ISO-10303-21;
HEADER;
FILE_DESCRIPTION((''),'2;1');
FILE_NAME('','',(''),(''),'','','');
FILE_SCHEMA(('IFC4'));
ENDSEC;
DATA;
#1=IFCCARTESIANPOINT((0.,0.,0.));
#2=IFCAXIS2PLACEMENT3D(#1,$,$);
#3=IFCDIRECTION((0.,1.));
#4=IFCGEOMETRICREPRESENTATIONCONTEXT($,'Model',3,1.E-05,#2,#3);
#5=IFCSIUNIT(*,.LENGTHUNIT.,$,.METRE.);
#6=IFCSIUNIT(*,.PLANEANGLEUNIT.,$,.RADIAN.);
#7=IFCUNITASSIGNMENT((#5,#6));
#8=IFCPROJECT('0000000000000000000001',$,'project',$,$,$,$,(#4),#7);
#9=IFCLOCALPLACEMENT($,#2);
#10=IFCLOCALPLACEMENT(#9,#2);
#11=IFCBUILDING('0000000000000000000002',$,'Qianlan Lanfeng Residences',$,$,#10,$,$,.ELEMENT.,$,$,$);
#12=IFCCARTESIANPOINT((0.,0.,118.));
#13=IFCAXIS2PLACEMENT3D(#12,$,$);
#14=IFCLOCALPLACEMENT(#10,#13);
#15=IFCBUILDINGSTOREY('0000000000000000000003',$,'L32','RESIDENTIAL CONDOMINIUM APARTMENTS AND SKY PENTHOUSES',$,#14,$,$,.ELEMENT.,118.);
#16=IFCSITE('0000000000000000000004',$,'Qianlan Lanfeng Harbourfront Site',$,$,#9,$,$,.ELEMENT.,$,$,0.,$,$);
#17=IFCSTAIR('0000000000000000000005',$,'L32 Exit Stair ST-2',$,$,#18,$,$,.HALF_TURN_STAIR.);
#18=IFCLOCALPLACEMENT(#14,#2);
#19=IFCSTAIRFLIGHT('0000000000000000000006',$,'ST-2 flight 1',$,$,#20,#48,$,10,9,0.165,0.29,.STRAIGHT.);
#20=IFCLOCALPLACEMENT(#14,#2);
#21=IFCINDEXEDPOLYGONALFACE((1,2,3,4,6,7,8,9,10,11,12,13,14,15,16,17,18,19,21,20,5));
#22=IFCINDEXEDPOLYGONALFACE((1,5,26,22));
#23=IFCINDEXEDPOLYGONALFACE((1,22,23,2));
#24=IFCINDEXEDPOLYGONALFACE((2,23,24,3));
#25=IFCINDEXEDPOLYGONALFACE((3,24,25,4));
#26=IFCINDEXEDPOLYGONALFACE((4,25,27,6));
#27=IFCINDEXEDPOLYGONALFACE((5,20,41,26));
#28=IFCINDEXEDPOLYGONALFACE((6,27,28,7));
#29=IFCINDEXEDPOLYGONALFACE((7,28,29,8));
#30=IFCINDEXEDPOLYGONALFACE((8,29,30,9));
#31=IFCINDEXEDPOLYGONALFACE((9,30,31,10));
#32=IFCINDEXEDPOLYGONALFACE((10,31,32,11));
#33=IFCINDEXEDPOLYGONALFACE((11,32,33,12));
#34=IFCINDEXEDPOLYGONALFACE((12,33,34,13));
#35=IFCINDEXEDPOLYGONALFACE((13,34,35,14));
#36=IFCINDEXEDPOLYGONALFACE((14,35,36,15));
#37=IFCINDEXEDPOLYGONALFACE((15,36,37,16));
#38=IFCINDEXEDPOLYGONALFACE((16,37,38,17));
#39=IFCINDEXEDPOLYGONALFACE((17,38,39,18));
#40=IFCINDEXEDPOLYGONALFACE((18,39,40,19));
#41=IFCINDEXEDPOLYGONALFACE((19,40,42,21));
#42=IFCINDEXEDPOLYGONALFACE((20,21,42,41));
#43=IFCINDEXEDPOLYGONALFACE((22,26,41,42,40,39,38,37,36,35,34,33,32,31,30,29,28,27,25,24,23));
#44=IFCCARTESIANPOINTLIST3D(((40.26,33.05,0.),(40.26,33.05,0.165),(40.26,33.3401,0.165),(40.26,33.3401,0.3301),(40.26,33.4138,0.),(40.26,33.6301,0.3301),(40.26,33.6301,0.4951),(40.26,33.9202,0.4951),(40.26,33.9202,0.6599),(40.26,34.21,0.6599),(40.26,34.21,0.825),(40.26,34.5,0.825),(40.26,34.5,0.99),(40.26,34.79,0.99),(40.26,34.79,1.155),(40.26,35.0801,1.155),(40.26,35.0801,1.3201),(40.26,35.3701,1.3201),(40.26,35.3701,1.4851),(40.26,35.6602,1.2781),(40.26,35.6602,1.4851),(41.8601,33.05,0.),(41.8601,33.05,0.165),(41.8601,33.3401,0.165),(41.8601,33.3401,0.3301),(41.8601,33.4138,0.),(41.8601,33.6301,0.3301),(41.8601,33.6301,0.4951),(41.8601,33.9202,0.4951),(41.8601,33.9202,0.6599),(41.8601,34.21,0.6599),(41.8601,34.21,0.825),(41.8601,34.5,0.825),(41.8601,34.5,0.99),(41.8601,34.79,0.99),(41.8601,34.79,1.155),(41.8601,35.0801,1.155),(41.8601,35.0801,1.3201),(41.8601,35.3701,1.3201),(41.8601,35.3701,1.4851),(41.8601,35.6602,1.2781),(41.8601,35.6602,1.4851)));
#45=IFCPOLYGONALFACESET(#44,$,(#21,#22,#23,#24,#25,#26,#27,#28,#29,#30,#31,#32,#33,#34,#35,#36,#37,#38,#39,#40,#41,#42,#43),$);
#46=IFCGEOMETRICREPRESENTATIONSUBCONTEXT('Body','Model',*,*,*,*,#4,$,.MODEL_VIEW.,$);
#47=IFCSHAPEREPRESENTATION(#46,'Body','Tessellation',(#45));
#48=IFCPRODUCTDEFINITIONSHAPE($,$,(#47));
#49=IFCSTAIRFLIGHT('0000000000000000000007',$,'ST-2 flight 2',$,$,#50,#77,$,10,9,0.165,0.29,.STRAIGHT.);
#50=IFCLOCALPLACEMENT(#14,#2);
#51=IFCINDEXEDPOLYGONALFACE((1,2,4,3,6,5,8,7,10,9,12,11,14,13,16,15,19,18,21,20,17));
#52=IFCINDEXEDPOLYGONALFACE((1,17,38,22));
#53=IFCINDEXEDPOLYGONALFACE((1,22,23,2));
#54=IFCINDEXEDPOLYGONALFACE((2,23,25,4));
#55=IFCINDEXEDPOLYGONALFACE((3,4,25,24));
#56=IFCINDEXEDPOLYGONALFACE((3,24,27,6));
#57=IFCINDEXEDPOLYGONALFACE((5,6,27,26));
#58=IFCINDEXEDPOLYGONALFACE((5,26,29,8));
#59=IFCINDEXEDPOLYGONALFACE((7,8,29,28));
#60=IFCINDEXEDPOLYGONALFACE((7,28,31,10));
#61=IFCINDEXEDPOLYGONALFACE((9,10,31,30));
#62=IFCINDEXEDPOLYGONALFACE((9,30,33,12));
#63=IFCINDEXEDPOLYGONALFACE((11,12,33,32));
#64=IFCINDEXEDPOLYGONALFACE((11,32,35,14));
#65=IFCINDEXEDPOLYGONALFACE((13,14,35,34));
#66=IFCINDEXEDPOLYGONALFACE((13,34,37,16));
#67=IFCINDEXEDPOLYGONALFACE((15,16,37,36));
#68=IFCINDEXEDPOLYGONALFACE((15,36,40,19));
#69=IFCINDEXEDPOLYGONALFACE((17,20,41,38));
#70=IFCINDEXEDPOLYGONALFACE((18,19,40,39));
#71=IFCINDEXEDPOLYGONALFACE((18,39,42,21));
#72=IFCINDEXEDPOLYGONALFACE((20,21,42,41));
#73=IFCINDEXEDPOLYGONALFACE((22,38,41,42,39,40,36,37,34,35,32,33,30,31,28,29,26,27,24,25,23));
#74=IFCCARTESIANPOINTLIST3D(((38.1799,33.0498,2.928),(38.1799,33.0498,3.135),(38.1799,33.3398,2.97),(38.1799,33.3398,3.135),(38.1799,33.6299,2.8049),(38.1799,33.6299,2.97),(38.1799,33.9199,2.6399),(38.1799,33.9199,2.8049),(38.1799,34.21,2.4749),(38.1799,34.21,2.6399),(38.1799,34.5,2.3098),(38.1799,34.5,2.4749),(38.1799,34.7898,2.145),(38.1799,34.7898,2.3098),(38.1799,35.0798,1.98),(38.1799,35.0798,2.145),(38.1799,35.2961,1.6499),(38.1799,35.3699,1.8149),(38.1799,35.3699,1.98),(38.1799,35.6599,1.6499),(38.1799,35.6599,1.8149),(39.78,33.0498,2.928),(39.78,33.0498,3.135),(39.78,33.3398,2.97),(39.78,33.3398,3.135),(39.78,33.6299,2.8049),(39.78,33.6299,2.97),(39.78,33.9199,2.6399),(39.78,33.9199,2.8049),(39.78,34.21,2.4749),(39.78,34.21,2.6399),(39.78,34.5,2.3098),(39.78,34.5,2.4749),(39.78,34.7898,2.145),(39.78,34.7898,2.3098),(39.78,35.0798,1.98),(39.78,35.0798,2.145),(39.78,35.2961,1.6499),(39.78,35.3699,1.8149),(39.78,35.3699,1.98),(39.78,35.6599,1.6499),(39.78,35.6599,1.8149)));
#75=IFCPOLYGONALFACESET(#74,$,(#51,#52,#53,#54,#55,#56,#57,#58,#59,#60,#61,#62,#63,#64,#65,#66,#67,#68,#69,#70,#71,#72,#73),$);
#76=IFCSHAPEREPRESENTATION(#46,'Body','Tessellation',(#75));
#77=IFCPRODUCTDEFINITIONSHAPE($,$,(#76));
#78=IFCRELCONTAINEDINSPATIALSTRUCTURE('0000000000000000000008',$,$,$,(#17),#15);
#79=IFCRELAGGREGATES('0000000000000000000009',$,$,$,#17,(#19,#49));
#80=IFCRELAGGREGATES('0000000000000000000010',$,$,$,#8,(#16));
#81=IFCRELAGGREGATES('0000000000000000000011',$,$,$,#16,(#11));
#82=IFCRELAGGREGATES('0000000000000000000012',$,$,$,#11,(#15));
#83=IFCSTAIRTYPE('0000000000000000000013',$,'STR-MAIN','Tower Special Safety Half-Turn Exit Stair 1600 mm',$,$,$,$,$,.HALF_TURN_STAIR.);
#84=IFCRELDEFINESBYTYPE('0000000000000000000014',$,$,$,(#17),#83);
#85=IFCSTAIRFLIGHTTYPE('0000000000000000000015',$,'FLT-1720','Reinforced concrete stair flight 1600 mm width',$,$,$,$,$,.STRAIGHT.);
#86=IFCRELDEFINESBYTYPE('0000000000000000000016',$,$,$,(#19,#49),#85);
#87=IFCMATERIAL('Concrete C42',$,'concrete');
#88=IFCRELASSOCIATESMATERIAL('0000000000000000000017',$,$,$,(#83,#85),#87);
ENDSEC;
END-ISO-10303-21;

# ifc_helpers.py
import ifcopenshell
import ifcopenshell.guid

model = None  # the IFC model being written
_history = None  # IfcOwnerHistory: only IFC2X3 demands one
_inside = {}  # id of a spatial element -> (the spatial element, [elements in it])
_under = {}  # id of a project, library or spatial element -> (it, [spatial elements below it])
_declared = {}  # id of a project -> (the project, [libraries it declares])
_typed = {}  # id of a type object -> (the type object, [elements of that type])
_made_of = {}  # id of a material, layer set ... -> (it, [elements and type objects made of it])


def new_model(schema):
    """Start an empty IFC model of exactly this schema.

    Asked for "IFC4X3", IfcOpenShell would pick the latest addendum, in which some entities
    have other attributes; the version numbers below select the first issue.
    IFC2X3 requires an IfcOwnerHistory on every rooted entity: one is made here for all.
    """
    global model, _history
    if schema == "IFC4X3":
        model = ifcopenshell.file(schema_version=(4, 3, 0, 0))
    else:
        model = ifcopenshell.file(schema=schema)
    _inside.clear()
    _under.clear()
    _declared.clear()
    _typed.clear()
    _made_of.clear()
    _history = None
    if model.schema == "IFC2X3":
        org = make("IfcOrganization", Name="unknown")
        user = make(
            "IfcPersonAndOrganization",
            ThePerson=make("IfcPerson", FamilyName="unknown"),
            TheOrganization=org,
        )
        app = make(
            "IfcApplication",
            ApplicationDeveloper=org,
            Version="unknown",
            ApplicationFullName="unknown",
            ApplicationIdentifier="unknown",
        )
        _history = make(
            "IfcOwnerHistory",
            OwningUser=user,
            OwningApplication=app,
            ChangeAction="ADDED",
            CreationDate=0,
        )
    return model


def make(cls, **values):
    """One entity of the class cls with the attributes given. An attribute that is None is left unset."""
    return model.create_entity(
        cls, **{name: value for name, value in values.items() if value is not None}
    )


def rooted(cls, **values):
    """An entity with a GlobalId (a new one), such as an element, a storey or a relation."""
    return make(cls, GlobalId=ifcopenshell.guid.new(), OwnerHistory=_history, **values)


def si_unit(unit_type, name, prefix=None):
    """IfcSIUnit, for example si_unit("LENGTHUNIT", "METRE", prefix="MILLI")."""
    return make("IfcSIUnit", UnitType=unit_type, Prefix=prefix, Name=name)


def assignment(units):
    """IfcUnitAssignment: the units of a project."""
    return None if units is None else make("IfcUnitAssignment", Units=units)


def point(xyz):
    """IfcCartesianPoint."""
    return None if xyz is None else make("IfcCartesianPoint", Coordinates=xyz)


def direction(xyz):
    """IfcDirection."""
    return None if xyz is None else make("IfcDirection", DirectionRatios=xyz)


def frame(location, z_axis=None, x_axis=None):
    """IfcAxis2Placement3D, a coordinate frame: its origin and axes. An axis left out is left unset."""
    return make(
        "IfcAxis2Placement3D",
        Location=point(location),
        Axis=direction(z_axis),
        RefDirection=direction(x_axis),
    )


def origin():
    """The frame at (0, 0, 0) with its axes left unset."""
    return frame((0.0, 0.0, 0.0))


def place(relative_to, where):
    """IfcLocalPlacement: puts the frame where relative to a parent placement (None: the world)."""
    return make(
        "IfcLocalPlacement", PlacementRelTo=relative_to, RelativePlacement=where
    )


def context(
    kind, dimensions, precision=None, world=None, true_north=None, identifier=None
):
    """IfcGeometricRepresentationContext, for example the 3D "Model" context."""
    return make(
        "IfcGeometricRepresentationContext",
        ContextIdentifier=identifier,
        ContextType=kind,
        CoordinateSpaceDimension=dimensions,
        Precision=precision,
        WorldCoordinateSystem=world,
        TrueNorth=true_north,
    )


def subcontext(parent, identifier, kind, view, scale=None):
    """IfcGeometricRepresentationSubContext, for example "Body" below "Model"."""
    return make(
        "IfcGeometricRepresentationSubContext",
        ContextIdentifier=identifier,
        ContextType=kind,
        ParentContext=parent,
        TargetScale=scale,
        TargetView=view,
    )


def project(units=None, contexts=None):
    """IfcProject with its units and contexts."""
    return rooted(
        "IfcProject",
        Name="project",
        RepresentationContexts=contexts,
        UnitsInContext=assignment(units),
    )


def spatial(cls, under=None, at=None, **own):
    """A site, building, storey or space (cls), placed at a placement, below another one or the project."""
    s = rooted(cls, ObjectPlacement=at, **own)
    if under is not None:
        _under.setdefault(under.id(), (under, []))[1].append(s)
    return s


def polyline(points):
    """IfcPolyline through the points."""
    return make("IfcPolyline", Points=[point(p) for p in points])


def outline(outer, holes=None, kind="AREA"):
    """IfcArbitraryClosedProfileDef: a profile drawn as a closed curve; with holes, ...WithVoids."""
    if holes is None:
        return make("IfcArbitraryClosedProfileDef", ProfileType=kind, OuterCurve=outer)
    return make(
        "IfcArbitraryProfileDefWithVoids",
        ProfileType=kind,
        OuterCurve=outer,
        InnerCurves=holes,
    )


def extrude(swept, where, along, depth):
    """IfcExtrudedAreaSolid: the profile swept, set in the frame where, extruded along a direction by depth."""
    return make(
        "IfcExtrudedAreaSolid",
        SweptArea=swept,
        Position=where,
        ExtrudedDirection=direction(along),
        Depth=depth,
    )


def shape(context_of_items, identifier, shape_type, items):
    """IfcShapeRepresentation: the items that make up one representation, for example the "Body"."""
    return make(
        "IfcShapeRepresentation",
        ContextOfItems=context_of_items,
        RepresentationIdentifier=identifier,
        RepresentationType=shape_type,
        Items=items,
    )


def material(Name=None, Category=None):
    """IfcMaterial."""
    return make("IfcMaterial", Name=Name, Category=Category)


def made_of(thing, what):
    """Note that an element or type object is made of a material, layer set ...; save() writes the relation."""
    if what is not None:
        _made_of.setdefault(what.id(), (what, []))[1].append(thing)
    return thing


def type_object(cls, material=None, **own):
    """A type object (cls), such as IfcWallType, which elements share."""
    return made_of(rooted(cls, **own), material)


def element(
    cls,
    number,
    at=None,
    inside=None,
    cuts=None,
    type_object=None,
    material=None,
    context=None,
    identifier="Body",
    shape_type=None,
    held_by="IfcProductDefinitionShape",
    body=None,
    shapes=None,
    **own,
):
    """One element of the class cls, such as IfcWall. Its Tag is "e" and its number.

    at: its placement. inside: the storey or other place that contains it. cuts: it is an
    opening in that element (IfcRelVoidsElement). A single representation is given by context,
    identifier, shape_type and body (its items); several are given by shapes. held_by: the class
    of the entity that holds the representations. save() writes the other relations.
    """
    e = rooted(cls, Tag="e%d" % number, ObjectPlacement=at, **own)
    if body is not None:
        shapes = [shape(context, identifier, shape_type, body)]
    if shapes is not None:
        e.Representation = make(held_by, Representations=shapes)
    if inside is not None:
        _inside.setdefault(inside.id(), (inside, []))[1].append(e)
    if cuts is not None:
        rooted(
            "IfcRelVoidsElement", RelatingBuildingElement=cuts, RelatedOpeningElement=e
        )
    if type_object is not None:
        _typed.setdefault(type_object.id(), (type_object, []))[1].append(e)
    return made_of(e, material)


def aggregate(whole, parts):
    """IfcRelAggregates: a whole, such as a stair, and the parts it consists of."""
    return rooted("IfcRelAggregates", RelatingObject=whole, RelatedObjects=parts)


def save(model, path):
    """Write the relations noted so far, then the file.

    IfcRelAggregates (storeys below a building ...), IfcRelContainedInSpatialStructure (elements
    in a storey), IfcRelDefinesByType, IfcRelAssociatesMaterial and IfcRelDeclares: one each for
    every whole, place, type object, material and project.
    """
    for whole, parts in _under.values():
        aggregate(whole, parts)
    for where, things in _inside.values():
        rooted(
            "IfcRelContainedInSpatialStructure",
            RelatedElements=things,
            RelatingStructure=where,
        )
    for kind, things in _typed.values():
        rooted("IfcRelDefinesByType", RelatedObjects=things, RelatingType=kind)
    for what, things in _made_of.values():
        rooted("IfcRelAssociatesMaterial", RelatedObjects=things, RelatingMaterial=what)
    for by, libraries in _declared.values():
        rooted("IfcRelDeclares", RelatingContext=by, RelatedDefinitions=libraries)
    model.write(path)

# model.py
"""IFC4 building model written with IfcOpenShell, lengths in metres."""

from ifc_helpers import new_model, si_unit, direction, frame, origin, place, context, subcontext, project, spatial, polyline, outline, extrude, material, type_object, element, aggregate, save


model = new_model("IFC4")

# Units and contexts
model_context = context("Model", 3, precision=1e-05, world=origin(), true_north=direction((0.0, 1.0)))
body_context = subcontext(model_context, "Body", "Model", "MODEL_VIEW")
ifc_project = project(units=[si_unit("LENGTHUNIT", "METRE"), si_unit("PLANEANGLEUNIT", "RADIAN")], contexts=[model_context])

# Site, building, storey
site_placement = place(None, origin())
site = spatial("IfcSite", under=ifc_project, at=site_placement, Name="Qianlan Lanfeng Harbourfront Site", CompositionType="ELEMENT", RefElevation=0.0)
building_placement = place(site_placement, origin())
building = spatial("IfcBuilding", under=site, at=building_placement, Name="Qianlan Lanfeng Residences", CompositionType="ELEMENT")
storey_placement = place(building_placement, frame((0.0, 0.0, 118.0)))
storey = spatial("IfcBuildingStorey", under=building, at=storey_placement, Name="L32", Description="RESIDENTIAL CONDOMINIUM APARTMENTS AND SKY PENTHOUSES", CompositionType="ELEMENT", Elevation=118.0)

# Shared definitions
ifc_material_1 = material(Name="Concrete C42", Category="concrete")

# Stair, stair flights
stair_type = type_object("IfcStairType", Name="STR-MAIN", Description="Tower Special Safety Half-Turn Exit Stair 1600 mm", PredefinedType="HALF_TURN_STAIR", material=ifc_material_1)
stair_placement = place(storey_placement, origin())
stair = element("IfcStair", 1, at=stair_placement, inside=storey, type_object=stair_type, Name="L32 Exit Stair ST-2", PredefinedType="HALF_TURN_STAIR")
stair_flight_type = type_object("IfcStairFlightType", Name="FLT-1720", Description="Reinforced concrete stair flight 1600 mm width", PredefinedType="STRAIGHT", material=ifc_material_1)
stair_flight_1_placement = place(storey_placement, frame((41.0601, 33.05, 0.0), z_axis=(0.0, 0.0, 1.0), x_axis=(0.0, 1.0, 0.0)))
stair_flight_1 = element("IfcStairFlight", 2, at=stair_flight_1_placement, type_object=stair_flight_type, Name="ST-2 flight 1", NumberOfRisers=10, NumberOfTreads=9, PredefinedType="STRAIGHT", RiserHeight=0.165, TreadLength=0.29, context=body_context, shape_type="SweptSolid", body=[
    extrude(outline(polyline([(0.0, 0.0), (0.0, 0.165), (0.29, 0.165), (0.29, 0.3301), (0.5801, 0.3301), (0.5801, 0.4951), (0.8701, 0.4951), (0.8701, 0.6599), (1.1599, 0.6599), (1.1599, 0.825), (1.45, 0.825), (1.45, 0.99), (1.74, 0.99), (1.74, 1.155), (2.03, 1.155), (2.03, 1.3201), (2.3201, 1.3201), (2.3201, 1.4851), (2.6101, 1.4851), (2.6101, 1.6499), (2.6101, 1.2781), (0.3638, 0.0), (0.0, 0.0)])), frame((0.0, 0.8, 0.0), z_axis=(0.0, -1.0, 0.0), x_axis=(1.0, 0.0, 0.0)), (0.0, 0.0, 1.0), 1.6001),
])
stair_flight_2_placement = place(storey_placement, frame((38.98, 35.6599, 1.6499), z_axis=(0.0, 0.0, 1.0), x_axis=(0.0, -1.0, 0.0)))
stair_flight_2 = element("IfcStairFlight", 3, at=stair_flight_2_placement, type_object=stair_flight_type, Name="ST-2 flight 2", NumberOfRisers=10, NumberOfTreads=9, PredefinedType="STRAIGHT", RiserHeight=0.165, TreadLength=0.29, context=body_context, shape_type="SweptSolid", body=[
    extrude(outline(polyline([(0.0, 0.0), (0.0, 0.165), (0.29, 0.165), (0.29, 0.3301), (0.5801, 0.3301), (0.5801, 0.4951), (0.8701, 0.4951), (0.8701, 0.6599), (1.1599, 0.6599), (1.1599, 0.825), (1.45, 0.825), (1.45, 0.99), (1.74, 0.99), (1.74, 1.155), (2.03, 1.155), (2.03, 1.3201), (2.3201, 1.3201), (2.3201, 1.4851), (2.6101, 1.4851), (2.6101, 1.6499), (2.6101, 1.2781), (0.3638, 0.0), (0.0, 0.0)])), frame((0.0, 0.8, 0.0), z_axis=(0.0, -1.0, 0.0), x_axis=(1.0, 0.0, 0.0)), (0.0, 0.0, 1.0), 1.6001),
])
aggregate(stair, [stair_flight_1, stair_flight_2])

save(model, "model.ifc")
